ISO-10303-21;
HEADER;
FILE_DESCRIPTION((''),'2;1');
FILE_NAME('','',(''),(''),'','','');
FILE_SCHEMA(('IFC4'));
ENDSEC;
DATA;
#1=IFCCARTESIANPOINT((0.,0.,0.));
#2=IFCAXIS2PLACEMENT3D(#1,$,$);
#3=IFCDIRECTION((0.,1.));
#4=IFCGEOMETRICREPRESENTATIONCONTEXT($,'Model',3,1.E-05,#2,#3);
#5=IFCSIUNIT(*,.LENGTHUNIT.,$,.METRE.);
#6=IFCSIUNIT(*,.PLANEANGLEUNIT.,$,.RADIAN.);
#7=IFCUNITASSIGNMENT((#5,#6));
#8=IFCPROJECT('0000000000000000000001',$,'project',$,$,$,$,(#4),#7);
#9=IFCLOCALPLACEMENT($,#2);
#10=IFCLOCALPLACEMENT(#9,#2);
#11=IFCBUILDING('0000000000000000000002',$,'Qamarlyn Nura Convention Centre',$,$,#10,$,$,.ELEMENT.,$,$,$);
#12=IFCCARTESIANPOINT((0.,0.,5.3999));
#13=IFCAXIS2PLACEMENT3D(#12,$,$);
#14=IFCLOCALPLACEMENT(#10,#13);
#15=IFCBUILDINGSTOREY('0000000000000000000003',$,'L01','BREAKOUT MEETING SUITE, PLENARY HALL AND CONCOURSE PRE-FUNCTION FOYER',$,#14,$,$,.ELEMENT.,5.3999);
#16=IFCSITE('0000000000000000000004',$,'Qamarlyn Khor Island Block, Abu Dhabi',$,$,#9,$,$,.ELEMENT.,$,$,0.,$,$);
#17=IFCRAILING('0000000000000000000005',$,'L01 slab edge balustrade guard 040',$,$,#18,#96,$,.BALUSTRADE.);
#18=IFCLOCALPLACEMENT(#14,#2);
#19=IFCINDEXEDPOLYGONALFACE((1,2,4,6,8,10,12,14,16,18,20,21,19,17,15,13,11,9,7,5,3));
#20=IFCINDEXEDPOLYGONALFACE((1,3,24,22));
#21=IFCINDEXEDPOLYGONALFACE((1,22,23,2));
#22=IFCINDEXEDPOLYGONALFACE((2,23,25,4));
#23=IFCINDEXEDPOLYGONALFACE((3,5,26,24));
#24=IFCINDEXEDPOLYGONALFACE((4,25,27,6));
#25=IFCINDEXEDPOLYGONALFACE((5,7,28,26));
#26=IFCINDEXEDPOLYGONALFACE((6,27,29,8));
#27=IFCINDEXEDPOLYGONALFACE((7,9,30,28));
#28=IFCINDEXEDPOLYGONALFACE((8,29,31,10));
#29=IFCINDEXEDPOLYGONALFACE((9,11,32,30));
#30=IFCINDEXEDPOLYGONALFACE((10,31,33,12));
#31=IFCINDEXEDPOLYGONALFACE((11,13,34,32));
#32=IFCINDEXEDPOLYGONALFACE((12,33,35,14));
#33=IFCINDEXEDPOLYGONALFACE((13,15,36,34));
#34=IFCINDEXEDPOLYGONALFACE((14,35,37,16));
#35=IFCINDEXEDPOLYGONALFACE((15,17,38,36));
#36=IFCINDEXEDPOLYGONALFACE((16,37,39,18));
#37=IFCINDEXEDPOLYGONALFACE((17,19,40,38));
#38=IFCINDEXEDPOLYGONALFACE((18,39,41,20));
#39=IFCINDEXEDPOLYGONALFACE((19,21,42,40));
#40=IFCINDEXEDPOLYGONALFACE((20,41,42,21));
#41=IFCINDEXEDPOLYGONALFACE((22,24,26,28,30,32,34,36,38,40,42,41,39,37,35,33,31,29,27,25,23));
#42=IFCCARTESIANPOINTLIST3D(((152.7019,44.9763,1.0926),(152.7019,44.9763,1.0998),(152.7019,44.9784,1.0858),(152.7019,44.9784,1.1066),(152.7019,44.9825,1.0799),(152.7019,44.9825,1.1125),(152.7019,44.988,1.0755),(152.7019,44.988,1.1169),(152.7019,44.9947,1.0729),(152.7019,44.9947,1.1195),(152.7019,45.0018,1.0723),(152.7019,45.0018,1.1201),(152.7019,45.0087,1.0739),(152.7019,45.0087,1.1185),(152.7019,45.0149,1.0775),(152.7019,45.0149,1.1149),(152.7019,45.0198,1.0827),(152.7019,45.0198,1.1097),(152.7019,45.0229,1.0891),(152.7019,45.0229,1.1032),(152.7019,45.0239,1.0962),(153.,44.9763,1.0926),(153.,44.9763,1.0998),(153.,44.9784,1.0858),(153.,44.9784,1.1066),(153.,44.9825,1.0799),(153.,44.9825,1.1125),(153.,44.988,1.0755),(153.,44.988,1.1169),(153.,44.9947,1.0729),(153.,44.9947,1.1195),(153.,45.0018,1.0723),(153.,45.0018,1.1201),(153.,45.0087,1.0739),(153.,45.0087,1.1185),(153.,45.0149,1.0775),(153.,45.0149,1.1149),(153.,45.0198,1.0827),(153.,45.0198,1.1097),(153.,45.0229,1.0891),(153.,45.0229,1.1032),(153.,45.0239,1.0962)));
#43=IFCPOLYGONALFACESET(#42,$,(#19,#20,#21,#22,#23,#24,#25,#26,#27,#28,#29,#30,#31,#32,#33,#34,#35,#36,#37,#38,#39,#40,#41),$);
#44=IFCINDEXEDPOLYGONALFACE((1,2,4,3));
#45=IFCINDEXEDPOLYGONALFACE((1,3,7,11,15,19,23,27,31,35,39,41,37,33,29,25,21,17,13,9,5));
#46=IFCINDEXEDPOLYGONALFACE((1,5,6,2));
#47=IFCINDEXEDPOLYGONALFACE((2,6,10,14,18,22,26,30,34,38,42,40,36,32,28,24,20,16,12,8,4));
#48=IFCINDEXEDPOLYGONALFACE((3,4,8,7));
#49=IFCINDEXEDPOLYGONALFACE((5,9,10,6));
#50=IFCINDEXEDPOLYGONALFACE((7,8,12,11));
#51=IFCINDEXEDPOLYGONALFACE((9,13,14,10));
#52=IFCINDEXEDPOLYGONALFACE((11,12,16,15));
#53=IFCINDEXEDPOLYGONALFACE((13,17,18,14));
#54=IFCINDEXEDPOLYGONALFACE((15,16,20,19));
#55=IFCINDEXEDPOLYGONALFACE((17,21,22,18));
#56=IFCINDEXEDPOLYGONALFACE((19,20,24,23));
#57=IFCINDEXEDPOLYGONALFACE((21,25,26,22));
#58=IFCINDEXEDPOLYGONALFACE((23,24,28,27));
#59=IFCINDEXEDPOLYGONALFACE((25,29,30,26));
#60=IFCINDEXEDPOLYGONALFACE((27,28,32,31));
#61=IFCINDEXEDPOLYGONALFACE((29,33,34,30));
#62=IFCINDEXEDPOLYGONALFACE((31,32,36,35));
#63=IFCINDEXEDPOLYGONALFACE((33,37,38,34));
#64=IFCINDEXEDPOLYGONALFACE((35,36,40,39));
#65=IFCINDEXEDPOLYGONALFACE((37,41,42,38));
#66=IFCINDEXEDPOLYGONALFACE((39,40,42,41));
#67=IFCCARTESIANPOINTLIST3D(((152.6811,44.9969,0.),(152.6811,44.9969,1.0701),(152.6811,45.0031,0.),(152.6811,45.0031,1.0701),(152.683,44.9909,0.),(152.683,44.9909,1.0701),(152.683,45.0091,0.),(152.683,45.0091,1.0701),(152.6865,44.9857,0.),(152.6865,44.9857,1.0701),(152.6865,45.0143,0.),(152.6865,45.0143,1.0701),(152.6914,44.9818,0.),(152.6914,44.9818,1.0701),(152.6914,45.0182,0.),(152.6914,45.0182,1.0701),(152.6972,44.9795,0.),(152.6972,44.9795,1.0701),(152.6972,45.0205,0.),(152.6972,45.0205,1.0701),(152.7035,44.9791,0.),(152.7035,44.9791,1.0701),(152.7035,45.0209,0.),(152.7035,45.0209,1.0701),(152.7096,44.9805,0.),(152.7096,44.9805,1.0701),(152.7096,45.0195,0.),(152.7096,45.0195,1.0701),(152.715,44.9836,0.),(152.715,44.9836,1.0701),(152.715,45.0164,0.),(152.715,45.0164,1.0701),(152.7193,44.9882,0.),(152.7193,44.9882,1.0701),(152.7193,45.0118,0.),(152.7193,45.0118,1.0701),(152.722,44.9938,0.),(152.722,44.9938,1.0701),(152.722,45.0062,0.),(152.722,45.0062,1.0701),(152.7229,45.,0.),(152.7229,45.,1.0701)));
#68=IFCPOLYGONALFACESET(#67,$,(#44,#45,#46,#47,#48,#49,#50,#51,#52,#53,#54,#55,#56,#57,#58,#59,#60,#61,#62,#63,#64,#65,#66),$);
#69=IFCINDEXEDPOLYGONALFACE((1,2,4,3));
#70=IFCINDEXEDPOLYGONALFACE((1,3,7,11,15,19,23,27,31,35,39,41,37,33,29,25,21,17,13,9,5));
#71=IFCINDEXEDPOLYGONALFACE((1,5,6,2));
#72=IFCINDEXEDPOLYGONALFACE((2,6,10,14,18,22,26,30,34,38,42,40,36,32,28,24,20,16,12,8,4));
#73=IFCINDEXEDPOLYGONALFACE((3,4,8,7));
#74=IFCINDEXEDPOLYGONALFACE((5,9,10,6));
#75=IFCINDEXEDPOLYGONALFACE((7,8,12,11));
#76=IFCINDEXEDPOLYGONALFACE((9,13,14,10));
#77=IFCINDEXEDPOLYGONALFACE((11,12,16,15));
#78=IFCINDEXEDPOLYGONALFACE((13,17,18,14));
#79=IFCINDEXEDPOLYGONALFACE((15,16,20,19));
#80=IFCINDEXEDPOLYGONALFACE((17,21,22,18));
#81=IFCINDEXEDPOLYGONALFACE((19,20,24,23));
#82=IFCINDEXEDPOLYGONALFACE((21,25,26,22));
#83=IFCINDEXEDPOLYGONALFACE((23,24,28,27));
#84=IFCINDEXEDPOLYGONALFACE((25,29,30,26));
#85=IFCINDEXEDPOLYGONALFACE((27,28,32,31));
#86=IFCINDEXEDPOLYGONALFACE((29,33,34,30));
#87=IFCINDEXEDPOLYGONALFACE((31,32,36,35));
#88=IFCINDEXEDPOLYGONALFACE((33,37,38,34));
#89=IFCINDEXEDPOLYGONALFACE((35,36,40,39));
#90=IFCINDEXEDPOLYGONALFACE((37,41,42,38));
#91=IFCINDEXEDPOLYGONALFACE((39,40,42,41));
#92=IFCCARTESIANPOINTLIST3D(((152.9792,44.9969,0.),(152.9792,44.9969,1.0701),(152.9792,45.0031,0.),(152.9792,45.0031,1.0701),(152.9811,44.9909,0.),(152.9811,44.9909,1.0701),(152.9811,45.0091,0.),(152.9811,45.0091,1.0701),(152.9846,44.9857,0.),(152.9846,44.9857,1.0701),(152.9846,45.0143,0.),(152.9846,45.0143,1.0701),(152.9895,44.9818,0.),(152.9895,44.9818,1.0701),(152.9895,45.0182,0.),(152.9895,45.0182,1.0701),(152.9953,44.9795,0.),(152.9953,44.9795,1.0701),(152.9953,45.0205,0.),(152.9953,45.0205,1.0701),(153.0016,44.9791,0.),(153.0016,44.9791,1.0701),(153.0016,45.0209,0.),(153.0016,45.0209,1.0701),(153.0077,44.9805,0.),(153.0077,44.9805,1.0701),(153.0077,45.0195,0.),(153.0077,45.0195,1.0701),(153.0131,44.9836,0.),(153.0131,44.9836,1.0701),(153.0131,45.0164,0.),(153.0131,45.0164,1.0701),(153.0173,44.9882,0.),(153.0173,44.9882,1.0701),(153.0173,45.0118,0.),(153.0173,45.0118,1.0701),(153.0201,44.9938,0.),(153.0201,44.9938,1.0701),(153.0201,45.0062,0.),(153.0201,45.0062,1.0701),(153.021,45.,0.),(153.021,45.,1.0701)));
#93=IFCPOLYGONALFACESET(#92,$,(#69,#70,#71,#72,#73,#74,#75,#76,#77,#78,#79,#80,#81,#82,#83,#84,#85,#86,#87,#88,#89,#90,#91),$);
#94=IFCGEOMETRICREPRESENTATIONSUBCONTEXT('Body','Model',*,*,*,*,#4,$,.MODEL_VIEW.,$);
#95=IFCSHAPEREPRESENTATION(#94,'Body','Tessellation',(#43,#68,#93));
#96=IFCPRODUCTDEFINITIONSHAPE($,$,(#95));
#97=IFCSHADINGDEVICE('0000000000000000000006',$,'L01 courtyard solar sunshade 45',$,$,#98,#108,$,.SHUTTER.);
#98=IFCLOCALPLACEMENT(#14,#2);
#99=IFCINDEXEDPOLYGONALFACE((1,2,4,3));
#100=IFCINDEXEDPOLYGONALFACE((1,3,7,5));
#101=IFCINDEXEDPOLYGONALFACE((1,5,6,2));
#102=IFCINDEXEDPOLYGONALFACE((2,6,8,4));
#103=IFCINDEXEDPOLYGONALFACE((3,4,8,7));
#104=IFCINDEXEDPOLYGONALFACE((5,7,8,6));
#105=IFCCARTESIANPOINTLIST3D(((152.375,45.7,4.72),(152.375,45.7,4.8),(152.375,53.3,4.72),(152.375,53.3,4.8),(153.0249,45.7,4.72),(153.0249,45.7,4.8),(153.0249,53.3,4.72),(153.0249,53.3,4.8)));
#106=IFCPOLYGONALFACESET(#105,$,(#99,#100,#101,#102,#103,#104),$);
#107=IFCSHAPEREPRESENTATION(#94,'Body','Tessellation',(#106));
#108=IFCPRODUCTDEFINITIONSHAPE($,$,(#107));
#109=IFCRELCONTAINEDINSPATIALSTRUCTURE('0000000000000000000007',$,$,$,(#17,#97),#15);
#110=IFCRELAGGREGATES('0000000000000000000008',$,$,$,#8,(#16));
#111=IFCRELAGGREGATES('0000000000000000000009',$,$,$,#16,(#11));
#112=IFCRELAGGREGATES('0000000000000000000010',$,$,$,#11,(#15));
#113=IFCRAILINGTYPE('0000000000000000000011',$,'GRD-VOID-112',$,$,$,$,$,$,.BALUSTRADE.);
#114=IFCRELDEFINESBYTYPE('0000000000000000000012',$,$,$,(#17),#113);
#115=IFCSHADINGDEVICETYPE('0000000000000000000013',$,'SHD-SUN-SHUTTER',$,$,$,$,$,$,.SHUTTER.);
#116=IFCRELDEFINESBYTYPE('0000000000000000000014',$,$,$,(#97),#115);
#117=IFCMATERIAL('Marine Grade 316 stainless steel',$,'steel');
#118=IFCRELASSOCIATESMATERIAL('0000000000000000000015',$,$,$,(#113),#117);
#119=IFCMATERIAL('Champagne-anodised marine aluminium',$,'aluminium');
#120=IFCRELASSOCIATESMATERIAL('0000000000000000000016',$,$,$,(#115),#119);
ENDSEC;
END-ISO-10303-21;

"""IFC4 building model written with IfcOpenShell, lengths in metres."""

from ifc_helpers import new_model, si_unit, direction, frame, origin, origin_2d, place, context, subcontext, project, spatial, rectangle, circle, extrude, material, type_object, element, save


model = new_model("IFC4")

# Units and contexts
model_context = context("Model", 3, precision=1e-05, world=origin(), true_north=direction((0.0, 1.0)))
body_context = subcontext(model_context, "Body", "Model", "MODEL_VIEW")
ifc_project = project(units=[si_unit("LENGTHUNIT", "METRE"), si_unit("PLANEANGLEUNIT", "RADIAN")], contexts=[model_context])

# Site, building, storey
site_placement = place(None, origin())
site = spatial("IfcSite", under=ifc_project, at=site_placement, Name="Qamarlyn Khor Island Block, Abu Dhabi", CompositionType="ELEMENT", RefElevation=0.0)
building_placement = place(site_placement, origin())
building = spatial("IfcBuilding", under=site, at=building_placement, Name="Qamarlyn Nura Convention Centre", CompositionType="ELEMENT")
storey_placement = place(building_placement, frame((0.0, 0.0, 5.3999)))
storey = spatial("IfcBuildingStorey", under=building, at=storey_placement, Name="L01", Description="BREAKOUT MEETING SUITE, PLENARY HALL AND CONCOURSE PRE-FUNCTION FOYER", CompositionType="ELEMENT", Elevation=5.3999)

# Shared definitions
ifc_material_1 = material(Name="Champagne-anodised marine aluminium", Category="aluminium")

# Railing
ifc_material_2 = material(Name="Marine Grade 316 stainless steel", Category="steel")
railing_type = type_object("IfcRailingType", Name="GRD-VOID-112", PredefinedType="BALUSTRADE", material=ifc_material_2)
railing_placement = place(storey_placement, frame((152.7019, 45.0, 0.0)))
element("IfcRailing", 1, at=railing_placement, inside=storey, type_object=railing_type, Name="L01 slab edge balustrade guard 040", PredefinedType="BALUSTRADE", context=body_context, shape_type="SweptSolid", body=[
    extrude(circle(Radius=0.0239, at=origin_2d()), frame((0.0, 0.0, 1.0962), z_axis=(1.0, 0.0, 0.0), x_axis=(0.0, 1.0, 0.0)), (0.0, 0.0, 1.0), 0.2981),
    extrude(circle(Radius=0.021, at=origin_2d()), origin(), (0.0, 0.0, 1.0), 1.0701),
    extrude(circle(Radius=0.021, at=origin_2d()), frame((0.2981, 0.0, 0.0)), (0.0, 0.0, 1.0), 1.0701),
])

# Shading device
shading_device_type = type_object("IfcShadingDeviceType", Name="SHD-SUN-SHUTTER", PredefinedType="SHUTTER", material=ifc_material_1)
shading_device_placement = place(storey_placement, frame((152.7, 49.5, 4.72), z_axis=(0.0, 0.0, 1.0), x_axis=(1.0, 0.0, 0.0)))
element("IfcShadingDevice", 2, at=shading_device_placement, inside=storey, type_object=shading_device_type, Name="L01 courtyard solar sunshade 45", PredefinedType="SHUTTER", context=body_context, shape_type="SweptSolid", body=[
    extrude(rectangle(XDim=0.6499, YDim=7.6001, at=origin_2d()), origin(), (0.0, 0.0, 1.0), 0.0801),
])

save(model, "model.ifc")
